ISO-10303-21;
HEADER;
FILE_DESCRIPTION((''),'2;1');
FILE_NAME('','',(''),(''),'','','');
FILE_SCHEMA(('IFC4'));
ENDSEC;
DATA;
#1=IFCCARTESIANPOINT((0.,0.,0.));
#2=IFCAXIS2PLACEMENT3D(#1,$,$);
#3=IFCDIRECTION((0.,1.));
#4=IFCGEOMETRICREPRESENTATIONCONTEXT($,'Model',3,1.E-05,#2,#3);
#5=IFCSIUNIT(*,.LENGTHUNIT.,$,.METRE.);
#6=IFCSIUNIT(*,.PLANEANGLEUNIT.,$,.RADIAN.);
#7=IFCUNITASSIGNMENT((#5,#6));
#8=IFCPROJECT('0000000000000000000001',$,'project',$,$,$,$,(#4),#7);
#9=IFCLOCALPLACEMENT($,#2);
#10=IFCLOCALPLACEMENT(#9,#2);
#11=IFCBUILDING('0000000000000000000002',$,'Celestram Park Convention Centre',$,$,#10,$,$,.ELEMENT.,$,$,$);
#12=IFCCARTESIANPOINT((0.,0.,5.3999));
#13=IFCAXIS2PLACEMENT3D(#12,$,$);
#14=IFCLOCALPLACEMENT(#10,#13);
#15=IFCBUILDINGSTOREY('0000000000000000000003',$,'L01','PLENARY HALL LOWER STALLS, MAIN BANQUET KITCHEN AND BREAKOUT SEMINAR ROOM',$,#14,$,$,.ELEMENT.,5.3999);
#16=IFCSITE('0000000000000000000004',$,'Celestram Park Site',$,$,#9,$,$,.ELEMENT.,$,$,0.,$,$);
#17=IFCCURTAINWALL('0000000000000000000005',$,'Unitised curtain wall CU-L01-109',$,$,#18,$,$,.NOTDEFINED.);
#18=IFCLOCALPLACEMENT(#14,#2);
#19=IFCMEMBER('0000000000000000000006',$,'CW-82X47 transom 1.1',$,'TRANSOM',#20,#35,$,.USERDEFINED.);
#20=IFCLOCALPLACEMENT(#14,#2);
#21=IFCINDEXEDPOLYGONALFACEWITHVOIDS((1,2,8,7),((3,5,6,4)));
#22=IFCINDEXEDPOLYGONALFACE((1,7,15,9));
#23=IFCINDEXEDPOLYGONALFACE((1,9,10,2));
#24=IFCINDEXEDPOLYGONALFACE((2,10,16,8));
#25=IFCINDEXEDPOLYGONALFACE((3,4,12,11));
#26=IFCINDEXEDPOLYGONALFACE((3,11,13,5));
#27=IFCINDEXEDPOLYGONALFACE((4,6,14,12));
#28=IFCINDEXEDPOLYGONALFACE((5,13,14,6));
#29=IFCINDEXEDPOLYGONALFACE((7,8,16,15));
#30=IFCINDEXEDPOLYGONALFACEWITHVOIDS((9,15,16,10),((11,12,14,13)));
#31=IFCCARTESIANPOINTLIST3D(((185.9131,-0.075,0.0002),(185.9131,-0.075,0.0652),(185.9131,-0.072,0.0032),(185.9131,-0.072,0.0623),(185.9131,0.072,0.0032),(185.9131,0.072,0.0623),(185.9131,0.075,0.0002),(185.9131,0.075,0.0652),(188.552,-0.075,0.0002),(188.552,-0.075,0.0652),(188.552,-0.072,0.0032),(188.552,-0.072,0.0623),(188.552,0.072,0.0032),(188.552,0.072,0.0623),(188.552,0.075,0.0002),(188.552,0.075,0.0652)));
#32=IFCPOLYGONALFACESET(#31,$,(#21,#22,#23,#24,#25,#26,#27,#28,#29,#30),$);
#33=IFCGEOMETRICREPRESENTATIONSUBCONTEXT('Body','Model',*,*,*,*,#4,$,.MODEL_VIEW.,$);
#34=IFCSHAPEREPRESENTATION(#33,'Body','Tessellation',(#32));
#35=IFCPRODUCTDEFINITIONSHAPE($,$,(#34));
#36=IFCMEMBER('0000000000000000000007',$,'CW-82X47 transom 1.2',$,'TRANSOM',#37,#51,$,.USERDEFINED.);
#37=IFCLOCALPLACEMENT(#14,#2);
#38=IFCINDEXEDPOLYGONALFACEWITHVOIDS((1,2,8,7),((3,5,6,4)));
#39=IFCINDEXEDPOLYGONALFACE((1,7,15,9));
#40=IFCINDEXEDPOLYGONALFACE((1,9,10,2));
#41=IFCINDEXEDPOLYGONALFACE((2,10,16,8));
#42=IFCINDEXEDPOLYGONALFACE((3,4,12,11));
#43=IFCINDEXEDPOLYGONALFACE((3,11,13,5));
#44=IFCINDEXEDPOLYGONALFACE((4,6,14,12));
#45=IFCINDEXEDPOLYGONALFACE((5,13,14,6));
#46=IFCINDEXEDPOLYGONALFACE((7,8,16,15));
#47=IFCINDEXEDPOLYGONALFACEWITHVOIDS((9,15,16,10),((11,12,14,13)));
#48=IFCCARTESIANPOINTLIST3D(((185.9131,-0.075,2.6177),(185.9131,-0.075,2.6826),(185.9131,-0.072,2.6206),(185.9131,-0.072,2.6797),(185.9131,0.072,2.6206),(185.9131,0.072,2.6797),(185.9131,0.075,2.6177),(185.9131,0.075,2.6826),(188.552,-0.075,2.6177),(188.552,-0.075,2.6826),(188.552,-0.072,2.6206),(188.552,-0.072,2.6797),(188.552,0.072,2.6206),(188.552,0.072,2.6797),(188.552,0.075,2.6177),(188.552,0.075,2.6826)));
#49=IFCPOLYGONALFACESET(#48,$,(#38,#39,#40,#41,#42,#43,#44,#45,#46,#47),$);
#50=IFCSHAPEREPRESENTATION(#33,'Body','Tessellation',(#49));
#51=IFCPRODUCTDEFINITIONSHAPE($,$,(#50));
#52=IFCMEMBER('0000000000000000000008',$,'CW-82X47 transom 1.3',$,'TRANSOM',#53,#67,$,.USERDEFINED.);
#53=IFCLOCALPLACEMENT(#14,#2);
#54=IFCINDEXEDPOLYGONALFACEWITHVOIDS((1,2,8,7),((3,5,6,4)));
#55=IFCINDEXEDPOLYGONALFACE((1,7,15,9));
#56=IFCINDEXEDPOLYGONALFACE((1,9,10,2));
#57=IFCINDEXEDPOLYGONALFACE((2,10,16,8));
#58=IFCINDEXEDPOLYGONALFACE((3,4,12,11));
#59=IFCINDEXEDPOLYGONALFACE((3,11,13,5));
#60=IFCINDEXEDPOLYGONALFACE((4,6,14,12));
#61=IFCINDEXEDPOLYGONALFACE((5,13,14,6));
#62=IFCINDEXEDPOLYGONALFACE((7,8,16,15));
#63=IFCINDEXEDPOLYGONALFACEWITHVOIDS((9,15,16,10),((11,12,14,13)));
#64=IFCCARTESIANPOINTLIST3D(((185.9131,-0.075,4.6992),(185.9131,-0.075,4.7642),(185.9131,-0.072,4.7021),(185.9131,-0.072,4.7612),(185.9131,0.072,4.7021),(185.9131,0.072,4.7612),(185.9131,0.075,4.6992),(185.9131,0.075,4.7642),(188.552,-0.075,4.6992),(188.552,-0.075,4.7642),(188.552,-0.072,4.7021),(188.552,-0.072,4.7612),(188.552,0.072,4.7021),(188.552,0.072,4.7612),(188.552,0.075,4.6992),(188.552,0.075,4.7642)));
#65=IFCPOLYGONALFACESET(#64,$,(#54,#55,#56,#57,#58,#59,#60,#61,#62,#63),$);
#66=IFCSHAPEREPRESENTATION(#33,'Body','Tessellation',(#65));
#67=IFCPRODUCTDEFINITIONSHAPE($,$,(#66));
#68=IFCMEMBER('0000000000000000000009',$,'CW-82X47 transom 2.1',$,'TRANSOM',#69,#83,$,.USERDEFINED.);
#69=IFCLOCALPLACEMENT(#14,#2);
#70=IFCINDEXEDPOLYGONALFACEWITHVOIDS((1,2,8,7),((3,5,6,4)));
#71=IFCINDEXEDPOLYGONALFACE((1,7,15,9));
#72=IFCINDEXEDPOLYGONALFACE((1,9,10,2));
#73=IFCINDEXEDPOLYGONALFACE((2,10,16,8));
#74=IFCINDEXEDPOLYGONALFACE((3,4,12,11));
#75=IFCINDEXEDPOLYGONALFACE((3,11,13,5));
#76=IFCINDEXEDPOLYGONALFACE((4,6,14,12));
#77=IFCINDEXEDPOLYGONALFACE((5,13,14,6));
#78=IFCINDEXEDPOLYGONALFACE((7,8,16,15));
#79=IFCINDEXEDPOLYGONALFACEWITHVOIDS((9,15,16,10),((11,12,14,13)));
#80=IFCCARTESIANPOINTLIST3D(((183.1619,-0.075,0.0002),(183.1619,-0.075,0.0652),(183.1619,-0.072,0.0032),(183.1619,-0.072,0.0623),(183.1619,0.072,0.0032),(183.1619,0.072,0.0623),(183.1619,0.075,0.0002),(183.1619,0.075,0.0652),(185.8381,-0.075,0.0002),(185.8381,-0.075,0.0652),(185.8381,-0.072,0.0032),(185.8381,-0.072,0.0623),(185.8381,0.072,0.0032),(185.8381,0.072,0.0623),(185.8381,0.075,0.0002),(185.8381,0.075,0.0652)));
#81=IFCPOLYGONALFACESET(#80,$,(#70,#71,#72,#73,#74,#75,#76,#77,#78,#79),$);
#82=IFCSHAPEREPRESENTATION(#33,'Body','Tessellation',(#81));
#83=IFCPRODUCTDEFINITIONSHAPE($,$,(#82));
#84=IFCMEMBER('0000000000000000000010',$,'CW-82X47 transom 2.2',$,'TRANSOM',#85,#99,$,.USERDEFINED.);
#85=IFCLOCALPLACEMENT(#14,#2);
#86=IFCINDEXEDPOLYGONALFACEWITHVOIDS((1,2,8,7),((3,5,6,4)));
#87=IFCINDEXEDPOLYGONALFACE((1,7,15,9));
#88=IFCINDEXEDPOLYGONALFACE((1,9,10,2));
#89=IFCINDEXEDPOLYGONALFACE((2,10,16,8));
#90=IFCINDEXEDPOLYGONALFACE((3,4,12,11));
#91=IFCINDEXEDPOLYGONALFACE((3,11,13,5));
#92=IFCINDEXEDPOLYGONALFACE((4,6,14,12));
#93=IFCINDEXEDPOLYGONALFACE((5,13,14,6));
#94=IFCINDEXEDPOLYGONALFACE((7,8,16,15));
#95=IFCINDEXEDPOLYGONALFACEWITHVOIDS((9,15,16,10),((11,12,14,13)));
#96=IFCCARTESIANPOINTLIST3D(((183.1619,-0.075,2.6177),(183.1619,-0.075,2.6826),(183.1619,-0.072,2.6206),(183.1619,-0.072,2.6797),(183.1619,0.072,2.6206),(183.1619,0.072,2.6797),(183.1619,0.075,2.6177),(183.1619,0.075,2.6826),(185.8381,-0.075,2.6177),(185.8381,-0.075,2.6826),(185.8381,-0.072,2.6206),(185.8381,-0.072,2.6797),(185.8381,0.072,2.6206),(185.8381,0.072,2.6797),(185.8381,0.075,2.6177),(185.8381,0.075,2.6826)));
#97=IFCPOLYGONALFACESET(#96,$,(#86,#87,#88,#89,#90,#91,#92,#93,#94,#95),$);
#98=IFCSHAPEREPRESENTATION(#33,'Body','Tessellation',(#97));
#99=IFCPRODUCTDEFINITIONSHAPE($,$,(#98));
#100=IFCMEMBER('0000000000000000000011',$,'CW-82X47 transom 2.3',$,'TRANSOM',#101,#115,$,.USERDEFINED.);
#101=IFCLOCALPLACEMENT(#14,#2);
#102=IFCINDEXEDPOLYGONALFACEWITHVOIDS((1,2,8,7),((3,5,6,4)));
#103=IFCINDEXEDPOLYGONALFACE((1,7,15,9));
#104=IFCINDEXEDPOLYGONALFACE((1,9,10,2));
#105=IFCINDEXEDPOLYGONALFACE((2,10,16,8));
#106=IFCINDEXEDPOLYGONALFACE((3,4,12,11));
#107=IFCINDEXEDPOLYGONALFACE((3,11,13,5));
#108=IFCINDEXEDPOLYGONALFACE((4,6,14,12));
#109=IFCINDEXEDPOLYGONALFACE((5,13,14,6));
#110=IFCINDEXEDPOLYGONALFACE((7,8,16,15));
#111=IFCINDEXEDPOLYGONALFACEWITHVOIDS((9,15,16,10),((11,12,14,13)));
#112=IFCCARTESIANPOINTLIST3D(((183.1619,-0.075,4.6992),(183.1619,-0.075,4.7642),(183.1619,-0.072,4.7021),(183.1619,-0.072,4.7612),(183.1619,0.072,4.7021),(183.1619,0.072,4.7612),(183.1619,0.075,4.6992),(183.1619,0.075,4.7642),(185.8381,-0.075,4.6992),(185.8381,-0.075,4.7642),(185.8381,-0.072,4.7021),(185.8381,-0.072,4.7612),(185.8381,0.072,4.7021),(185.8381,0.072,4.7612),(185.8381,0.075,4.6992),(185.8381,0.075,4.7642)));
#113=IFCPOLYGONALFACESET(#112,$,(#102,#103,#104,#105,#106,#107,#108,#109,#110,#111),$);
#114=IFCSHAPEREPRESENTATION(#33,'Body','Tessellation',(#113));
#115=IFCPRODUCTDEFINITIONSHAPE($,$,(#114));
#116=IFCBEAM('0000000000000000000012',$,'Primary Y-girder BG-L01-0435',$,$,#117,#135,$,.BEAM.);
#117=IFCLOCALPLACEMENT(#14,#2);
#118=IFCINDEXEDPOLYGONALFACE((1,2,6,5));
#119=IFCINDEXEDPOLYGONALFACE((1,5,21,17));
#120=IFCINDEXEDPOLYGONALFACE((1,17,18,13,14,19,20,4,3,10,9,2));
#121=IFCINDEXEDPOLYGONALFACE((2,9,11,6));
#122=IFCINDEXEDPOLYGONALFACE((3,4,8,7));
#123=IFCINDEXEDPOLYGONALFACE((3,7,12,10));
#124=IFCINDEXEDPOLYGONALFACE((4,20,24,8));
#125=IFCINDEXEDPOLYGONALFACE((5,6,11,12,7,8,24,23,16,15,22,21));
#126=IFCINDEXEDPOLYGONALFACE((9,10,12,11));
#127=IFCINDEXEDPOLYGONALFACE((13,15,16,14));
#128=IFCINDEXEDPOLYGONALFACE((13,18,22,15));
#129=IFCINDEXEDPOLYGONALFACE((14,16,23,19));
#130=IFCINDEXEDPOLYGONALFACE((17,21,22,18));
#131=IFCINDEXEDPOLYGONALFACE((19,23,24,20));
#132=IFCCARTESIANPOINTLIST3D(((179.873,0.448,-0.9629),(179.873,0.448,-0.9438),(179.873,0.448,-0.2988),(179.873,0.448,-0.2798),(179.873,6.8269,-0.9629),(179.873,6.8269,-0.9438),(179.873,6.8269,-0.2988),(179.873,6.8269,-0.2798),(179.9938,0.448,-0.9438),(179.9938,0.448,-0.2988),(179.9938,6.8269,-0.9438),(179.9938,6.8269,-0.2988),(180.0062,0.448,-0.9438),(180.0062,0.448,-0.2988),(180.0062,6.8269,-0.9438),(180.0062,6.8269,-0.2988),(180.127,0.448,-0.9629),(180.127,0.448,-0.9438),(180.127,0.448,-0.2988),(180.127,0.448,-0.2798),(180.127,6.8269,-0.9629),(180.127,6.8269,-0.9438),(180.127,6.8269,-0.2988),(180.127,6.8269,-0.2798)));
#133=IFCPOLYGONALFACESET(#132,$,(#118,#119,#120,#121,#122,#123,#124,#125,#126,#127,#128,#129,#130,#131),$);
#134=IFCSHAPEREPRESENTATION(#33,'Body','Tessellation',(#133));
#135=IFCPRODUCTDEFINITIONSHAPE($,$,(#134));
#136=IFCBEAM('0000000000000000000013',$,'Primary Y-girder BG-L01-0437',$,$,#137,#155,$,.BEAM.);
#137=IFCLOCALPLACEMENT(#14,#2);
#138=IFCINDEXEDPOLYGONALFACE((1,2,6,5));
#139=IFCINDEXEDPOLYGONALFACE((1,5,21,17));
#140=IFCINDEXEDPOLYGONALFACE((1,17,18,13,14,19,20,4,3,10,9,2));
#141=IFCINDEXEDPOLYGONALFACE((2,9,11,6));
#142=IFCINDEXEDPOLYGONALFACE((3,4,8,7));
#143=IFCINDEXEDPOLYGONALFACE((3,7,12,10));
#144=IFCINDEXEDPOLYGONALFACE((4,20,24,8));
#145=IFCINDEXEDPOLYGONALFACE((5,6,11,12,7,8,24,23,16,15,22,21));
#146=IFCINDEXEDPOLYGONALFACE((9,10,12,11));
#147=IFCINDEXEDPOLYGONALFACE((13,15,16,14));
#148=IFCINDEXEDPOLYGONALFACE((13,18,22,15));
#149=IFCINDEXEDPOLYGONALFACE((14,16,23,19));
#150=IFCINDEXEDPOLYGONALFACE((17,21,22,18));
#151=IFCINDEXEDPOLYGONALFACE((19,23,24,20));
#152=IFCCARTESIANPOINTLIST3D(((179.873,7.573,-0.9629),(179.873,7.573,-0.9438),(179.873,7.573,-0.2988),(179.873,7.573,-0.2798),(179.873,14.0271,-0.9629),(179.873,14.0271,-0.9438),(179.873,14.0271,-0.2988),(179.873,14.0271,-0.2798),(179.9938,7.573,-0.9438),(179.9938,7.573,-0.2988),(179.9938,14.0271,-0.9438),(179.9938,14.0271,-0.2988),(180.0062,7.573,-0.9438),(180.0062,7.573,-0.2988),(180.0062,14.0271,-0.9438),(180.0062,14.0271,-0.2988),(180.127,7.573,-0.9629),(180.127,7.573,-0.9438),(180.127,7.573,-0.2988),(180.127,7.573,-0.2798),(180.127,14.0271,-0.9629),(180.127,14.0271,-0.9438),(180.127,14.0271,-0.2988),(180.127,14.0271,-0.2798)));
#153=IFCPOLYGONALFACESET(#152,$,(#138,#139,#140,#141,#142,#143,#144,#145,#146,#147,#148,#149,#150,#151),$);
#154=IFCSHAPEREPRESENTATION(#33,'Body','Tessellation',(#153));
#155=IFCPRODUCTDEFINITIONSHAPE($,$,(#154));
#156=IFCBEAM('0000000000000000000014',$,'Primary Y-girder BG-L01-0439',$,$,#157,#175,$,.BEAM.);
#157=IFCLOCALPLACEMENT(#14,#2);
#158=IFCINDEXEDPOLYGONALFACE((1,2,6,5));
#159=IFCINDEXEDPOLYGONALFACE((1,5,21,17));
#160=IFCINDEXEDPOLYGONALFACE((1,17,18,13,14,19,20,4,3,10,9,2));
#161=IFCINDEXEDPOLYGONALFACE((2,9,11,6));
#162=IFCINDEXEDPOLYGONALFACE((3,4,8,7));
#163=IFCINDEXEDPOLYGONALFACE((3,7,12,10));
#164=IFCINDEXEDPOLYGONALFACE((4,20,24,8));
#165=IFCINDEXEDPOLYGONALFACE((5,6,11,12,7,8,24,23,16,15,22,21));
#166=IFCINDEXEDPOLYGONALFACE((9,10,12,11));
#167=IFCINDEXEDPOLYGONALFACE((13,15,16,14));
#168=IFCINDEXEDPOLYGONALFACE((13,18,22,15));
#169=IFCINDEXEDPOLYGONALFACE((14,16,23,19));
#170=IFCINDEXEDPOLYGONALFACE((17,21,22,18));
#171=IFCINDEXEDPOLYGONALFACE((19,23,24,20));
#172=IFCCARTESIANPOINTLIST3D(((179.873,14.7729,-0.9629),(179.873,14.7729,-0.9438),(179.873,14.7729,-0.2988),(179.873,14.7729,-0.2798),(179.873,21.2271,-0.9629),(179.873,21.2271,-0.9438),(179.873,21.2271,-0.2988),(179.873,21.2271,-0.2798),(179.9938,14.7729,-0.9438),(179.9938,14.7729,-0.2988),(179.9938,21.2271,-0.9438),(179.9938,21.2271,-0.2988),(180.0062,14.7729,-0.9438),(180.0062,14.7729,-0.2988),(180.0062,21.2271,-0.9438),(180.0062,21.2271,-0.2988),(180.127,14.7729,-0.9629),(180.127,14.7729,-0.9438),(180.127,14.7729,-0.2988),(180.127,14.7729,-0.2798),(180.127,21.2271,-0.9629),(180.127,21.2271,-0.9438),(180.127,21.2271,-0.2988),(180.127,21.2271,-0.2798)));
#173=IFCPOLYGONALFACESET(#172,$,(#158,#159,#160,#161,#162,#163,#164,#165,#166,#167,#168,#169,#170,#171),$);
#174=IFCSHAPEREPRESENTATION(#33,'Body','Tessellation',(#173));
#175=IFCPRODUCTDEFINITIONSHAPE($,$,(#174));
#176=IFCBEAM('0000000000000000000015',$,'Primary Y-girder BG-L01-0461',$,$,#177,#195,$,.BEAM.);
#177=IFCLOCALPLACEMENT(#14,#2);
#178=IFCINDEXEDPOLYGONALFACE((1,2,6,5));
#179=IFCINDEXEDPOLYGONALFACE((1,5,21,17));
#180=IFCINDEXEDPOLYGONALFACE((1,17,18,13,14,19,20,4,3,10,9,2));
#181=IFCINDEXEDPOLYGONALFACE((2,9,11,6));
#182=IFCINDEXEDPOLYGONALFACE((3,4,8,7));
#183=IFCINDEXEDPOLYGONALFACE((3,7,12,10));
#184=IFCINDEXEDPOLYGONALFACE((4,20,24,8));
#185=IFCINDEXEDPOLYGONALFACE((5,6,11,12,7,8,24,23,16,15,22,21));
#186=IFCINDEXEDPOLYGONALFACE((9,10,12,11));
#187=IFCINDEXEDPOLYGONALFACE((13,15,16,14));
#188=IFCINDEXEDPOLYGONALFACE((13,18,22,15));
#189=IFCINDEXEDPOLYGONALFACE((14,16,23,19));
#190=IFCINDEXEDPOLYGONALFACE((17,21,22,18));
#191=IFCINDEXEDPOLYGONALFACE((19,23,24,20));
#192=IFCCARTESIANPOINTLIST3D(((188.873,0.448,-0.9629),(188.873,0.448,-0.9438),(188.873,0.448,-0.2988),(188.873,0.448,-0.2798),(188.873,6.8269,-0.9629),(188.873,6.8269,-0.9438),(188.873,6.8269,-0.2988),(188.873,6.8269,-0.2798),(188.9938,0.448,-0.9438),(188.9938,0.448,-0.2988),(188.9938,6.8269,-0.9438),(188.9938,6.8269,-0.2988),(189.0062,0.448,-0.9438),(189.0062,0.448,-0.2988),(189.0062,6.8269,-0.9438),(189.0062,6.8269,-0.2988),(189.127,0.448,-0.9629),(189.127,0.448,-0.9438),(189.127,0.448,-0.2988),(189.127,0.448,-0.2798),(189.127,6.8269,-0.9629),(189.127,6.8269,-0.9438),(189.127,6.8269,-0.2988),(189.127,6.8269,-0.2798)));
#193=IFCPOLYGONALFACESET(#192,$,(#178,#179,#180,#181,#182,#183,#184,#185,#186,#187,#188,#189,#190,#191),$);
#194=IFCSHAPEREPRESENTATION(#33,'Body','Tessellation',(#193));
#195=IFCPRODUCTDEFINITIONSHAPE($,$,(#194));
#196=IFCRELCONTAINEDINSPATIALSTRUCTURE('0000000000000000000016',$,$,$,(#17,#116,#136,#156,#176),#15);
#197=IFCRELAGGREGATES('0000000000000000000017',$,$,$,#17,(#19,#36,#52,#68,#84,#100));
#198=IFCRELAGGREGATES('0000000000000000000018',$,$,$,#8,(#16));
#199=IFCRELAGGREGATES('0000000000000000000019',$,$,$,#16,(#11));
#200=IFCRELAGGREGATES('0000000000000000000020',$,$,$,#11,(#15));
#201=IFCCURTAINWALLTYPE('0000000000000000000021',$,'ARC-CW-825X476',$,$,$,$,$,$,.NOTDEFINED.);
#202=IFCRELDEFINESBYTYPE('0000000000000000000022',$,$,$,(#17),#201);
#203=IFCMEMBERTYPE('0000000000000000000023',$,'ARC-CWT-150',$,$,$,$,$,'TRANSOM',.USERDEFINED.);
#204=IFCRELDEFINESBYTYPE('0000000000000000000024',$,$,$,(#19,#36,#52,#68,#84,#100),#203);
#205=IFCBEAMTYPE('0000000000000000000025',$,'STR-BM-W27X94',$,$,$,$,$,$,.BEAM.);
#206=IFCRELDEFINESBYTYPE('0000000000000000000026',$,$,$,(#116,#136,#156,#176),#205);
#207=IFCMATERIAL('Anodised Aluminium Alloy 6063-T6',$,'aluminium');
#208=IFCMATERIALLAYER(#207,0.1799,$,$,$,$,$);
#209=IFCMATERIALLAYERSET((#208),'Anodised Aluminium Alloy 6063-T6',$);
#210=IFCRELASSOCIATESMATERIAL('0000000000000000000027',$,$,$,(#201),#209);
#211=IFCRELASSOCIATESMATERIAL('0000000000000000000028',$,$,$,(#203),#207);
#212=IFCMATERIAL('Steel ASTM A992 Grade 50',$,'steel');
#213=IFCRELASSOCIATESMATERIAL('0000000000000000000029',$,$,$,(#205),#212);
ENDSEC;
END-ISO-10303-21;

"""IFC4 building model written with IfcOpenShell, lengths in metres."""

from ifc_helpers import new_model, si_unit, direction, frame, origin, origin_2d, place, context, subcontext, project, spatial, hollow_rectangle, i_section, extrude, material, layer, layer_set, material_profile, profile_set, type_object, element, aggregate, save


model = new_model("IFC4")

# Units and contexts
model_context = context("Model", 3, precision=1e-05, world=origin(), true_north=direction((0.0, 1.0)))
body_context = subcontext(model_context, "Body", "Model", "MODEL_VIEW")
ifc_project = project(units=[si_unit("LENGTHUNIT", "METRE"), si_unit("PLANEANGLEUNIT", "RADIAN")], contexts=[model_context])

# Site, building, storey
site_placement = place(None, origin())
site = spatial("IfcSite", under=ifc_project, at=site_placement, Name="Celestram Park Site", CompositionType="ELEMENT", RefElevation=0.0)
building_placement = place(site_placement, origin())
building = spatial("IfcBuilding", under=site, at=building_placement, Name="Celestram Park Convention Centre", CompositionType="ELEMENT")
storey_placement = place(building_placement, frame((0.0, 0.0, 5.3999)))
storey = spatial("IfcBuildingStorey", under=building, at=storey_placement, Name="L01", Description="PLENARY HALL LOWER STALLS, MAIN BANQUET KITCHEN AND BREAKOUT SEMINAR ROOM", CompositionType="ELEMENT", Elevation=5.3999)

# Curtain wall
ifc_material_1 = material(Name="Anodised Aluminium Alloy 6063-T6", Category="aluminium")
ifc_layer_1 = layer(ifc_material_1, 0.1799)
ifc_layer_set_1 = layer_set([ifc_layer_1], Name="Anodised Aluminium Alloy 6063-T6")
curtain_wall_type = type_object("IfcCurtainWallType", Name="ARC-CW-825X476", PredefinedType="NOTDEFINED", material=ifc_layer_set_1)
curtain_wall_1_placement = place(storey_placement, origin())
curtain_wall_1 = element("IfcCurtainWall", 1, at=curtain_wall_1_placement, inside=storey, type_object=curtain_wall_type, Name="Unitised curtain wall CU-L01-109", PredefinedType="NOTDEFINED")

# Members
ifc_material_profile_1 = material_profile(ifc_material_1, hollow_rectangle(XDim=0.1499, YDim=0.0649, WallThickness=0.0029, at=origin_2d()), Name="ALU150X65X3")
ifc_profile_set_1 = profile_set([ifc_material_profile_1], Name="Anodised Aluminium Alloy 6063-T6")
member_type_1 = type_object("IfcMemberType", Name="ARC-CWT-150", ElementType="TRANSOM", PredefinedType="USERDEFINED", material=ifc_profile_set_1)
member_1_placement = place(storey_placement, frame((188.552, 0.0, 0.0327), z_axis=(-1.0, 0.0, 0.0), x_axis=(0.0, -1.0, 0.0)))
member_1 = element("IfcMember", 2, at=member_1_placement, type_object=member_type_1, Name="CW-82X47 transom 1.1", ObjectType="TRANSOM", PredefinedType="USERDEFINED", context=body_context, shape_type="SweptSolid", body=[
    extrude(hollow_rectangle(XDim=0.1499, YDim=0.0649, WallThickness=0.0029, at=origin_2d()), origin(), (0.0, 0.0, 1.0), 2.6389),
])
member_2_placement = place(storey_placement, frame((188.552, 0.0, 2.6501), z_axis=(-1.0, 0.0, 0.0), x_axis=(0.0, -1.0, 0.0)))
member_2 = element("IfcMember", 3, at=member_2_placement, type_object=member_type_1, Name="CW-82X47 transom 1.2", ObjectType="TRANSOM", PredefinedType="USERDEFINED", context=body_context, shape_type="SweptSolid", body=[
    extrude(hollow_rectangle(XDim=0.1499, YDim=0.0649, WallThickness=0.0029, at=origin_2d()), origin(), (0.0, 0.0, 1.0), 2.6389),
])
member_3_placement = place(storey_placement, frame((188.552, 0.0, 4.7317), z_axis=(-1.0, 0.0, 0.0), x_axis=(0.0, -1.0, 0.0)))
member_3 = element("IfcMember", 4, at=member_3_placement, type_object=member_type_1, Name="CW-82X47 transom 1.3", ObjectType="TRANSOM", PredefinedType="USERDEFINED", context=body_context, shape_type="SweptSolid", body=[
    extrude(hollow_rectangle(XDim=0.1499, YDim=0.0649, WallThickness=0.0029, at=origin_2d()), origin(), (0.0, 0.0, 1.0), 2.6389),
])
member_4_placement = place(storey_placement, frame((185.8381, 0.0, 0.0327), z_axis=(-1.0, 0.0, 0.0), x_axis=(0.0, -1.0, 0.0)))
member_4 = element("IfcMember", 5, at=member_4_placement, type_object=member_type_1, Name="CW-82X47 transom 2.1", ObjectType="TRANSOM", PredefinedType="USERDEFINED", context=body_context, shape_type="SweptSolid", body=[
    extrude(hollow_rectangle(XDim=0.1499, YDim=0.0649, WallThickness=0.0029, at=origin_2d()), origin(), (0.0, 0.0, 1.0), 2.6763),
])
member_5_placement = place(storey_placement, frame((185.8381, 0.0, 2.6501), z_axis=(-1.0, 0.0, 0.0), x_axis=(0.0, -1.0, 0.0)))
member_5 = element("IfcMember", 6, at=member_5_placement, type_object=member_type_1, Name="CW-82X47 transom 2.2", ObjectType="TRANSOM", PredefinedType="USERDEFINED", context=body_context, shape_type="SweptSolid", body=[
    extrude(hollow_rectangle(XDim=0.1499, YDim=0.0649, WallThickness=0.0029, at=origin_2d()), origin(), (0.0, 0.0, 1.0), 2.6763),
])
member_6_placement = place(storey_placement, frame((185.8381, 0.0, 4.7317), z_axis=(-1.0, 0.0, 0.0), x_axis=(0.0, -1.0, 0.0)))
member_6 = element("IfcMember", 7, at=member_6_placement, type_object=member_type_1, Name="CW-82X47 transom 2.3", ObjectType="TRANSOM", PredefinedType="USERDEFINED", context=body_context, shape_type="SweptSolid", body=[
    extrude(hollow_rectangle(XDim=0.1499, YDim=0.0649, WallThickness=0.0029, at=origin_2d()), origin(), (0.0, 0.0, 1.0), 2.6763),
])

# Beams
ifc_material_2 = material(Name="Steel ASTM A992 Grade 50", Category="steel")
ifc_material_profile_2 = material_profile(ifc_material_2, i_section(OverallWidth=0.2539, OverallDepth=0.6831, WebThickness=0.0125, FlangeThickness=0.019, at=origin_2d()), Name="W27X94")
ifc_profile_set_2 = profile_set([ifc_material_profile_2], Name="Steel ASTM A992 Grade 50")
beam_type_1 = type_object("IfcBeamType", Name="STR-BM-W27X94", PredefinedType="BEAM", material=ifc_profile_set_2)
beam_1_placement = place(storey_placement, frame((180.0, 0.448, -0.6213), z_axis=(0.0, 1.0, 0.0), x_axis=(-1.0, 0.0, 0.0)))
element("IfcBeam", 8, at=beam_1_placement, inside=storey, type_object=beam_type_1, Name="Primary Y-girder BG-L01-0435", PredefinedType="BEAM", context=body_context, shape_type="SweptSolid", body=[
    extrude(i_section(OverallWidth=0.2539, OverallDepth=0.6831, WebThickness=0.0125, FlangeThickness=0.019, at=origin_2d()), origin(), (0.0, 0.0, 1.0), 6.3789),
])
for number, where, z_axis, x_axis, name in (
    (9, (180.0, 7.573, -0.6213), (0.0, 1.0, 0.0), (-1.0, 0.0, 0.0), "Primary Y-girder BG-L01-0437"),
    (10, (180.0, 14.7729, -0.6213), (0.0, 1.0, 0.0), (-1.0, 0.0, 0.0), "Primary Y-girder BG-L01-0439"),
):
    element("IfcBeam", number, at=place(storey_placement, frame(where, z_axis=z_axis, x_axis=x_axis)), inside=storey, type_object=beam_type_1, Name=name, PredefinedType="BEAM", context=body_context, shape_type="SweptSolid", body=[
        extrude(i_section(OverallWidth=0.2539, OverallDepth=0.6831, WebThickness=0.0125, FlangeThickness=0.019, at=origin_2d()), origin(), (0.0, 0.0, 1.0), 6.4541),
    ])
beam_2_placement = place(storey_placement, frame((189.0, 0.448, -0.6213), z_axis=(0.0, 1.0, 0.0), x_axis=(-1.0, 0.0, 0.0)))
element("IfcBeam", 11, at=beam_2_placement, inside=storey, type_object=beam_type_1, Name="Primary Y-girder BG-L01-0461", PredefinedType="BEAM", context=body_context, shape_type="SweptSolid", body=[
    extrude(i_section(OverallWidth=0.2539, OverallDepth=0.6831, WebThickness=0.0125, FlangeThickness=0.019, at=origin_2d()), origin(), (0.0, 0.0, 1.0), 6.3789),
])

aggregate(curtain_wall_1, [member_1, member_2, member_3, member_4, member_5, member_6])

save(model, "model.ifc")
